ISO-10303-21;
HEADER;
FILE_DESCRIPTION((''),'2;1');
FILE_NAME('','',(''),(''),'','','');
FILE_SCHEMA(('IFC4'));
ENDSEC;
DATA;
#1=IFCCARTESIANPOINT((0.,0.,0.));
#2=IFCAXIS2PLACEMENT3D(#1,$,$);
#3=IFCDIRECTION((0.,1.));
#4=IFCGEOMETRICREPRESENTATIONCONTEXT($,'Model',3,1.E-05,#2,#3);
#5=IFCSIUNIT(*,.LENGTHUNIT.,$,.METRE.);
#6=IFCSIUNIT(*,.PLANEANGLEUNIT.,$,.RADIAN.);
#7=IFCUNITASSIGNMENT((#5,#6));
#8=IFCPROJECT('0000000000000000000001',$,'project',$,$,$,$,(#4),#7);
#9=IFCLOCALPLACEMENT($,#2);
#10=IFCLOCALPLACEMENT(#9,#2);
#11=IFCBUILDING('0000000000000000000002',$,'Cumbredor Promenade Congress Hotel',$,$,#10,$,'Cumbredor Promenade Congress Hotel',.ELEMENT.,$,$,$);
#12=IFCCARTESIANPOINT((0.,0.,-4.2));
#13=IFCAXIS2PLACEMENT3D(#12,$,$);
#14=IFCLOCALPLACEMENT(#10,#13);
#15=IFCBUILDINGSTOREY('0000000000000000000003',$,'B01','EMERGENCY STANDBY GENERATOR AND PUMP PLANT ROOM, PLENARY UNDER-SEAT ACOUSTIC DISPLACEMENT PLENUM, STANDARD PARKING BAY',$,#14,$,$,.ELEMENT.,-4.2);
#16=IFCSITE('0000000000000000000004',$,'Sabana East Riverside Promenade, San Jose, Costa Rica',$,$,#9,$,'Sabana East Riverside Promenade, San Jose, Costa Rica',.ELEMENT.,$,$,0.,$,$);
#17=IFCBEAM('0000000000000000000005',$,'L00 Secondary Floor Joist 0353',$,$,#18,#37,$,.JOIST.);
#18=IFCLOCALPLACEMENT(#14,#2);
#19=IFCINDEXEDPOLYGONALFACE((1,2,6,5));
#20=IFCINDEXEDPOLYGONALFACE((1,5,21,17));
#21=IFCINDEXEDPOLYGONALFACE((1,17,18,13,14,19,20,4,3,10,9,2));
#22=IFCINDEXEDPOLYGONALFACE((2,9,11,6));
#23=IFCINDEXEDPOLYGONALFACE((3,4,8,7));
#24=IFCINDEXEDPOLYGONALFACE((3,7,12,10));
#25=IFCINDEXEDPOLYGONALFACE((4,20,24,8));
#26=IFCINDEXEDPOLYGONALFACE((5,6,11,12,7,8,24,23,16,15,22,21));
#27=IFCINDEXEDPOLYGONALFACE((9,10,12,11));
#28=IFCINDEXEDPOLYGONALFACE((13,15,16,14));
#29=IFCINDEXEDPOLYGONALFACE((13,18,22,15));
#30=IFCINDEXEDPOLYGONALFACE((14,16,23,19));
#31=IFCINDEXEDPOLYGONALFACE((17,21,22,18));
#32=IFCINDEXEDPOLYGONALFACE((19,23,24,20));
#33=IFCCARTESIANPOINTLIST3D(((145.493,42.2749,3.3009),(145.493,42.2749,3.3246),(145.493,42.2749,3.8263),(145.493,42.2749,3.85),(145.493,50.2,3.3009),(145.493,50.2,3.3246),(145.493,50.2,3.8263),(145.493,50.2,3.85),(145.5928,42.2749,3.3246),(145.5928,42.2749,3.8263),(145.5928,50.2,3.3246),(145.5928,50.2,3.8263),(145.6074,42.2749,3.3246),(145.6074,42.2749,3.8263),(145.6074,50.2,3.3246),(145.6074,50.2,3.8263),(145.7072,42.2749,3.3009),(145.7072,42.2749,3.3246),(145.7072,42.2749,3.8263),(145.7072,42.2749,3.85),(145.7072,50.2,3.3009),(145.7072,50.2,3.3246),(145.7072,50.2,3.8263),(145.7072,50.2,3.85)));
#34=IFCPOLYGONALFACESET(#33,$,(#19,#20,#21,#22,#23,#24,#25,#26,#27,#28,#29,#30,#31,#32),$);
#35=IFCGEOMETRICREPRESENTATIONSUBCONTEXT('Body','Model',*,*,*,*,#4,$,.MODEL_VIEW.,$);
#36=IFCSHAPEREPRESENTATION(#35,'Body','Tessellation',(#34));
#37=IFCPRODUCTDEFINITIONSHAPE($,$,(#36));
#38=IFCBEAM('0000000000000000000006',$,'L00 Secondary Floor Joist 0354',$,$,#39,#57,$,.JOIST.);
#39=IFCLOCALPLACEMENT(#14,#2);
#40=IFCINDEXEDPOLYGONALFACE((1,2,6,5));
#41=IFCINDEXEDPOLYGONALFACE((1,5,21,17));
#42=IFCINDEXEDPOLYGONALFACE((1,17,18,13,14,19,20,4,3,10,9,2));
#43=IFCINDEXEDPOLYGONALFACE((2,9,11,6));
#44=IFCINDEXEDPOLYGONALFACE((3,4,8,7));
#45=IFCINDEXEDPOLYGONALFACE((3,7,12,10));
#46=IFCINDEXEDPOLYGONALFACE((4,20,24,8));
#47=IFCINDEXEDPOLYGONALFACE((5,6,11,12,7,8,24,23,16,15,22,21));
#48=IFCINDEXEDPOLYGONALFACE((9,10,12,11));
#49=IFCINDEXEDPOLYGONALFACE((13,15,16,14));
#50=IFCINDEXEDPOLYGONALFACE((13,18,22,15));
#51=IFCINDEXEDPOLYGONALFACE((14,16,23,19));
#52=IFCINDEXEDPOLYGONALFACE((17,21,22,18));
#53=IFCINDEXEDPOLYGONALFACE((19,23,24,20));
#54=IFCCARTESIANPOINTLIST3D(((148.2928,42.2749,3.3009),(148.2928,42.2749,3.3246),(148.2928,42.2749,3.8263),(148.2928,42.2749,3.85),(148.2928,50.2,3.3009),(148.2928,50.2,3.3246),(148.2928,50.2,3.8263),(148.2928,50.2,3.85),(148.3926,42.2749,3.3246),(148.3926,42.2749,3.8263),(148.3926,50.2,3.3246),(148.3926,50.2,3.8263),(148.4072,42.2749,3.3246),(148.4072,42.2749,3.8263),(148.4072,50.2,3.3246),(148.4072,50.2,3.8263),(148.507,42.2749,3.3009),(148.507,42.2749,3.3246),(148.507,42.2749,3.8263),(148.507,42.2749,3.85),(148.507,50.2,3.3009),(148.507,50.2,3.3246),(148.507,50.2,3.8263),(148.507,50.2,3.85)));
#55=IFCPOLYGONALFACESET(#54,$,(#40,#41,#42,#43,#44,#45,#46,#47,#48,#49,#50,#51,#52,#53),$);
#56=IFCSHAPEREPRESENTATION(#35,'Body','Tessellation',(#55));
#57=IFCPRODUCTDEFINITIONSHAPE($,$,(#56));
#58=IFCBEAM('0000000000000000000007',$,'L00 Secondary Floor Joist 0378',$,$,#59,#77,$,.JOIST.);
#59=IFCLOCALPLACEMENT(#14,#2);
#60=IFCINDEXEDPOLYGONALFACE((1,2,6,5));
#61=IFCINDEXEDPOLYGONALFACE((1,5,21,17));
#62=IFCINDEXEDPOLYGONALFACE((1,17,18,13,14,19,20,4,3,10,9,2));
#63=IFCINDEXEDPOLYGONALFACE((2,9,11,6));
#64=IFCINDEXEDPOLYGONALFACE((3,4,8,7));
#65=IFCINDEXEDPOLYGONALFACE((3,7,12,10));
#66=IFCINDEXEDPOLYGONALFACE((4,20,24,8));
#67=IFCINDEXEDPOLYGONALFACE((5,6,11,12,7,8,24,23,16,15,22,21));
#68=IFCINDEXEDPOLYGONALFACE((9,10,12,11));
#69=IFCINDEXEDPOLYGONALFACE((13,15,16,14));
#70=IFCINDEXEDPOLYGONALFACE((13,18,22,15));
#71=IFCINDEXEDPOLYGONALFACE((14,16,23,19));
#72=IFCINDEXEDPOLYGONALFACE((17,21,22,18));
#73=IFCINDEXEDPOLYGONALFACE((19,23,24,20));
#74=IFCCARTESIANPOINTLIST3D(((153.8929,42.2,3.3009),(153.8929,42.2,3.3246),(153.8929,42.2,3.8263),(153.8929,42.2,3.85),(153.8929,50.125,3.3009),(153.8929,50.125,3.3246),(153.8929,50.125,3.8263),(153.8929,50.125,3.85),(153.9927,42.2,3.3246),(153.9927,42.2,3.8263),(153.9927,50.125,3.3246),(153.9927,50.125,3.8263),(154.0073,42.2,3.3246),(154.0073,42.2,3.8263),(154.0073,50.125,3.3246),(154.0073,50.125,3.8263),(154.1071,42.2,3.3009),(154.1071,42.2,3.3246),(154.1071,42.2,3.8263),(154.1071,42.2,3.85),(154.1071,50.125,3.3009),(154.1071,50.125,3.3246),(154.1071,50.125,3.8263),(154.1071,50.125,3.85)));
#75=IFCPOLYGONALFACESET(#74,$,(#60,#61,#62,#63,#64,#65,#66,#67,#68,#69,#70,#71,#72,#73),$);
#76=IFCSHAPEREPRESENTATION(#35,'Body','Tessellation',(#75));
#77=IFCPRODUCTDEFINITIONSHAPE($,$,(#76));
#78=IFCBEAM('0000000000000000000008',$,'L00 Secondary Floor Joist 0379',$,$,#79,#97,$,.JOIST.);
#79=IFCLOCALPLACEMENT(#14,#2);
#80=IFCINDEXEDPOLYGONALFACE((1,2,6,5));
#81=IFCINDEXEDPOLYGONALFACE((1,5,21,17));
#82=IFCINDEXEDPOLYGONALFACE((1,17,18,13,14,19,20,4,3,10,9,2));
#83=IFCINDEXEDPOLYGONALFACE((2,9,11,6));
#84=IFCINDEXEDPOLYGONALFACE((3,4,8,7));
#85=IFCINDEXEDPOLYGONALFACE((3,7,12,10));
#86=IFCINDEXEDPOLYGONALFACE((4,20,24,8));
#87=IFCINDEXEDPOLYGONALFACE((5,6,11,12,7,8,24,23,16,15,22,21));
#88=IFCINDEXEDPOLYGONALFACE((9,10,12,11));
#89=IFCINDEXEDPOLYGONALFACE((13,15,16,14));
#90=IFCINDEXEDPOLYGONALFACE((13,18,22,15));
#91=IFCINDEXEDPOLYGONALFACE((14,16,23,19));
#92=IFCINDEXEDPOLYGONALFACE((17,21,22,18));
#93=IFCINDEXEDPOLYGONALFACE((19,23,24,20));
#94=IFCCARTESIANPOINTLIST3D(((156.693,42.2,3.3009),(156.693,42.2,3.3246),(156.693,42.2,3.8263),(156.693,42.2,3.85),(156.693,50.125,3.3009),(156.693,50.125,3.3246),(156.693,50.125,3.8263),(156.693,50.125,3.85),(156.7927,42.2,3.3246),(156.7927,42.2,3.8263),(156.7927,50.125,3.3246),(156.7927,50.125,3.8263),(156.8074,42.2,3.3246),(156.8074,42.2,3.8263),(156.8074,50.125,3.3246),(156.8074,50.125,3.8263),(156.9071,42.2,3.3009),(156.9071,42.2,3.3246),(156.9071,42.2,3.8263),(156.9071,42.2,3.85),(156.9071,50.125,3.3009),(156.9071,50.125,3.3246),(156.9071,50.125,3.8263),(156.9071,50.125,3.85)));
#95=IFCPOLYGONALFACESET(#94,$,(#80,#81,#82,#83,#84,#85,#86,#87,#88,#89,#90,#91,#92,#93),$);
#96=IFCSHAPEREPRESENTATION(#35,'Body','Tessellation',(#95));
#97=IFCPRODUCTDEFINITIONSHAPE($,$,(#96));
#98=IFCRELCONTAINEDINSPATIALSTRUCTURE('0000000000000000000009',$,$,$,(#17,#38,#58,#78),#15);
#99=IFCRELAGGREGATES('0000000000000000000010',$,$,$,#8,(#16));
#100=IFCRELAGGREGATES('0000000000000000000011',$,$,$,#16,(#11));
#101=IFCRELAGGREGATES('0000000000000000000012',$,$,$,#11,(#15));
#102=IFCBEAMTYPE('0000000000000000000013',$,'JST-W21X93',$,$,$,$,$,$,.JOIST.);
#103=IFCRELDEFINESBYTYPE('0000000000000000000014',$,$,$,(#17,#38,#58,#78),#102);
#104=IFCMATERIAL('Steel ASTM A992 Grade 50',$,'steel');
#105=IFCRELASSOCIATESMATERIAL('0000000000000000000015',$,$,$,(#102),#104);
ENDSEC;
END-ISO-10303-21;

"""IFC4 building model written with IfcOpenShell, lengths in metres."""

from ifc_helpers import new_model, si_unit, direction, frame, origin, origin_2d, place, context, subcontext, project, spatial, i_section, extrude, material, material_profile, profile_set, type_object, element, save


model = new_model("IFC4")

# Units and contexts
model_context = context("Model", 3, precision=1e-05, world=origin(), true_north=direction((0.0, 1.0)))
body_context = subcontext(model_context, "Body", "Model", "MODEL_VIEW")
ifc_project = project(units=[si_unit("LENGTHUNIT", "METRE"), si_unit("PLANEANGLEUNIT", "RADIAN")], contexts=[model_context])

# Site, building, storey
site_placement = place(None, origin())
site = spatial("IfcSite", under=ifc_project, at=site_placement, Name="Sabana East Riverside Promenade, San Jose, Costa Rica", LongName="Sabana East Riverside Promenade, San Jose, Costa Rica", CompositionType="ELEMENT", RefElevation=0.0)
building_placement = place(site_placement, origin())
building = spatial("IfcBuilding", under=site, at=building_placement, Name="Cumbredor Promenade Congress Hotel", LongName="Cumbredor Promenade Congress Hotel", CompositionType="ELEMENT")
storey_placement = place(building_placement, frame((0.0, 0.0, -4.2)))
storey = spatial("IfcBuildingStorey", under=building, at=storey_placement, Name="B01", Description="EMERGENCY STANDBY GENERATOR AND PUMP PLANT ROOM, PLENARY UNDER-SEAT ACOUSTIC DISPLACEMENT PLENUM, STANDARD PARKING BAY", CompositionType="ELEMENT", Elevation=-4.2)

# Beams
ifc_material_1 = material(Name="Steel ASTM A992 Grade 50", Category="steel")
ifc_material_profile_1 = material_profile(ifc_material_1, i_section(OverallWidth=0.2141, OverallDepth=0.5491, WebThickness=0.0146, FlangeThickness=0.0237, at=origin_2d()), Name="W21X93")
ifc_profile_set_1 = profile_set([ifc_material_profile_1], Name="Steel ASTM A992 Grade 50")
beam_type_1 = type_object("IfcBeamType", Name="JST-W21X93", PredefinedType="JOIST", material=ifc_profile_set_1)
for number, where, z_axis, x_axis, name in (
    (1, (145.6001, 42.2749, 3.5754), (0.0, 1.0, 0.0), (-1.0, 0.0, 0.0), "L00 Secondary Floor Joist 0353"),
    (2, (148.3999, 42.2749, 3.5754), (0.0, 1.0, 0.0), (-1.0, 0.0, 0.0), "L00 Secondary Floor Joist 0354"),
    (3, (154.0, 42.2, 3.5754), (0.0, 1.0, 0.0), (-1.0, 0.0, 0.0), "L00 Secondary Floor Joist 0378"),
    (4, (156.8, 42.2, 3.5754), (0.0, 1.0, 0.0), (-1.0, 0.0, 0.0), "L00 Secondary Floor Joist 0379"),
):
    element("IfcBeam", number, at=place(storey_placement, frame(where, z_axis=z_axis, x_axis=x_axis)), inside=storey, type_object=beam_type_1, Name=name, PredefinedType="JOIST", context=body_context, shape_type="SweptSolid", body=[
        extrude(i_section(OverallWidth=0.2141, OverallDepth=0.5491, WebThickness=0.0146, FlangeThickness=0.0237, at=origin_2d()), origin(), (0.0, 0.0, 1.0), 7.925),
    ])

save(model, "model.ifc")
